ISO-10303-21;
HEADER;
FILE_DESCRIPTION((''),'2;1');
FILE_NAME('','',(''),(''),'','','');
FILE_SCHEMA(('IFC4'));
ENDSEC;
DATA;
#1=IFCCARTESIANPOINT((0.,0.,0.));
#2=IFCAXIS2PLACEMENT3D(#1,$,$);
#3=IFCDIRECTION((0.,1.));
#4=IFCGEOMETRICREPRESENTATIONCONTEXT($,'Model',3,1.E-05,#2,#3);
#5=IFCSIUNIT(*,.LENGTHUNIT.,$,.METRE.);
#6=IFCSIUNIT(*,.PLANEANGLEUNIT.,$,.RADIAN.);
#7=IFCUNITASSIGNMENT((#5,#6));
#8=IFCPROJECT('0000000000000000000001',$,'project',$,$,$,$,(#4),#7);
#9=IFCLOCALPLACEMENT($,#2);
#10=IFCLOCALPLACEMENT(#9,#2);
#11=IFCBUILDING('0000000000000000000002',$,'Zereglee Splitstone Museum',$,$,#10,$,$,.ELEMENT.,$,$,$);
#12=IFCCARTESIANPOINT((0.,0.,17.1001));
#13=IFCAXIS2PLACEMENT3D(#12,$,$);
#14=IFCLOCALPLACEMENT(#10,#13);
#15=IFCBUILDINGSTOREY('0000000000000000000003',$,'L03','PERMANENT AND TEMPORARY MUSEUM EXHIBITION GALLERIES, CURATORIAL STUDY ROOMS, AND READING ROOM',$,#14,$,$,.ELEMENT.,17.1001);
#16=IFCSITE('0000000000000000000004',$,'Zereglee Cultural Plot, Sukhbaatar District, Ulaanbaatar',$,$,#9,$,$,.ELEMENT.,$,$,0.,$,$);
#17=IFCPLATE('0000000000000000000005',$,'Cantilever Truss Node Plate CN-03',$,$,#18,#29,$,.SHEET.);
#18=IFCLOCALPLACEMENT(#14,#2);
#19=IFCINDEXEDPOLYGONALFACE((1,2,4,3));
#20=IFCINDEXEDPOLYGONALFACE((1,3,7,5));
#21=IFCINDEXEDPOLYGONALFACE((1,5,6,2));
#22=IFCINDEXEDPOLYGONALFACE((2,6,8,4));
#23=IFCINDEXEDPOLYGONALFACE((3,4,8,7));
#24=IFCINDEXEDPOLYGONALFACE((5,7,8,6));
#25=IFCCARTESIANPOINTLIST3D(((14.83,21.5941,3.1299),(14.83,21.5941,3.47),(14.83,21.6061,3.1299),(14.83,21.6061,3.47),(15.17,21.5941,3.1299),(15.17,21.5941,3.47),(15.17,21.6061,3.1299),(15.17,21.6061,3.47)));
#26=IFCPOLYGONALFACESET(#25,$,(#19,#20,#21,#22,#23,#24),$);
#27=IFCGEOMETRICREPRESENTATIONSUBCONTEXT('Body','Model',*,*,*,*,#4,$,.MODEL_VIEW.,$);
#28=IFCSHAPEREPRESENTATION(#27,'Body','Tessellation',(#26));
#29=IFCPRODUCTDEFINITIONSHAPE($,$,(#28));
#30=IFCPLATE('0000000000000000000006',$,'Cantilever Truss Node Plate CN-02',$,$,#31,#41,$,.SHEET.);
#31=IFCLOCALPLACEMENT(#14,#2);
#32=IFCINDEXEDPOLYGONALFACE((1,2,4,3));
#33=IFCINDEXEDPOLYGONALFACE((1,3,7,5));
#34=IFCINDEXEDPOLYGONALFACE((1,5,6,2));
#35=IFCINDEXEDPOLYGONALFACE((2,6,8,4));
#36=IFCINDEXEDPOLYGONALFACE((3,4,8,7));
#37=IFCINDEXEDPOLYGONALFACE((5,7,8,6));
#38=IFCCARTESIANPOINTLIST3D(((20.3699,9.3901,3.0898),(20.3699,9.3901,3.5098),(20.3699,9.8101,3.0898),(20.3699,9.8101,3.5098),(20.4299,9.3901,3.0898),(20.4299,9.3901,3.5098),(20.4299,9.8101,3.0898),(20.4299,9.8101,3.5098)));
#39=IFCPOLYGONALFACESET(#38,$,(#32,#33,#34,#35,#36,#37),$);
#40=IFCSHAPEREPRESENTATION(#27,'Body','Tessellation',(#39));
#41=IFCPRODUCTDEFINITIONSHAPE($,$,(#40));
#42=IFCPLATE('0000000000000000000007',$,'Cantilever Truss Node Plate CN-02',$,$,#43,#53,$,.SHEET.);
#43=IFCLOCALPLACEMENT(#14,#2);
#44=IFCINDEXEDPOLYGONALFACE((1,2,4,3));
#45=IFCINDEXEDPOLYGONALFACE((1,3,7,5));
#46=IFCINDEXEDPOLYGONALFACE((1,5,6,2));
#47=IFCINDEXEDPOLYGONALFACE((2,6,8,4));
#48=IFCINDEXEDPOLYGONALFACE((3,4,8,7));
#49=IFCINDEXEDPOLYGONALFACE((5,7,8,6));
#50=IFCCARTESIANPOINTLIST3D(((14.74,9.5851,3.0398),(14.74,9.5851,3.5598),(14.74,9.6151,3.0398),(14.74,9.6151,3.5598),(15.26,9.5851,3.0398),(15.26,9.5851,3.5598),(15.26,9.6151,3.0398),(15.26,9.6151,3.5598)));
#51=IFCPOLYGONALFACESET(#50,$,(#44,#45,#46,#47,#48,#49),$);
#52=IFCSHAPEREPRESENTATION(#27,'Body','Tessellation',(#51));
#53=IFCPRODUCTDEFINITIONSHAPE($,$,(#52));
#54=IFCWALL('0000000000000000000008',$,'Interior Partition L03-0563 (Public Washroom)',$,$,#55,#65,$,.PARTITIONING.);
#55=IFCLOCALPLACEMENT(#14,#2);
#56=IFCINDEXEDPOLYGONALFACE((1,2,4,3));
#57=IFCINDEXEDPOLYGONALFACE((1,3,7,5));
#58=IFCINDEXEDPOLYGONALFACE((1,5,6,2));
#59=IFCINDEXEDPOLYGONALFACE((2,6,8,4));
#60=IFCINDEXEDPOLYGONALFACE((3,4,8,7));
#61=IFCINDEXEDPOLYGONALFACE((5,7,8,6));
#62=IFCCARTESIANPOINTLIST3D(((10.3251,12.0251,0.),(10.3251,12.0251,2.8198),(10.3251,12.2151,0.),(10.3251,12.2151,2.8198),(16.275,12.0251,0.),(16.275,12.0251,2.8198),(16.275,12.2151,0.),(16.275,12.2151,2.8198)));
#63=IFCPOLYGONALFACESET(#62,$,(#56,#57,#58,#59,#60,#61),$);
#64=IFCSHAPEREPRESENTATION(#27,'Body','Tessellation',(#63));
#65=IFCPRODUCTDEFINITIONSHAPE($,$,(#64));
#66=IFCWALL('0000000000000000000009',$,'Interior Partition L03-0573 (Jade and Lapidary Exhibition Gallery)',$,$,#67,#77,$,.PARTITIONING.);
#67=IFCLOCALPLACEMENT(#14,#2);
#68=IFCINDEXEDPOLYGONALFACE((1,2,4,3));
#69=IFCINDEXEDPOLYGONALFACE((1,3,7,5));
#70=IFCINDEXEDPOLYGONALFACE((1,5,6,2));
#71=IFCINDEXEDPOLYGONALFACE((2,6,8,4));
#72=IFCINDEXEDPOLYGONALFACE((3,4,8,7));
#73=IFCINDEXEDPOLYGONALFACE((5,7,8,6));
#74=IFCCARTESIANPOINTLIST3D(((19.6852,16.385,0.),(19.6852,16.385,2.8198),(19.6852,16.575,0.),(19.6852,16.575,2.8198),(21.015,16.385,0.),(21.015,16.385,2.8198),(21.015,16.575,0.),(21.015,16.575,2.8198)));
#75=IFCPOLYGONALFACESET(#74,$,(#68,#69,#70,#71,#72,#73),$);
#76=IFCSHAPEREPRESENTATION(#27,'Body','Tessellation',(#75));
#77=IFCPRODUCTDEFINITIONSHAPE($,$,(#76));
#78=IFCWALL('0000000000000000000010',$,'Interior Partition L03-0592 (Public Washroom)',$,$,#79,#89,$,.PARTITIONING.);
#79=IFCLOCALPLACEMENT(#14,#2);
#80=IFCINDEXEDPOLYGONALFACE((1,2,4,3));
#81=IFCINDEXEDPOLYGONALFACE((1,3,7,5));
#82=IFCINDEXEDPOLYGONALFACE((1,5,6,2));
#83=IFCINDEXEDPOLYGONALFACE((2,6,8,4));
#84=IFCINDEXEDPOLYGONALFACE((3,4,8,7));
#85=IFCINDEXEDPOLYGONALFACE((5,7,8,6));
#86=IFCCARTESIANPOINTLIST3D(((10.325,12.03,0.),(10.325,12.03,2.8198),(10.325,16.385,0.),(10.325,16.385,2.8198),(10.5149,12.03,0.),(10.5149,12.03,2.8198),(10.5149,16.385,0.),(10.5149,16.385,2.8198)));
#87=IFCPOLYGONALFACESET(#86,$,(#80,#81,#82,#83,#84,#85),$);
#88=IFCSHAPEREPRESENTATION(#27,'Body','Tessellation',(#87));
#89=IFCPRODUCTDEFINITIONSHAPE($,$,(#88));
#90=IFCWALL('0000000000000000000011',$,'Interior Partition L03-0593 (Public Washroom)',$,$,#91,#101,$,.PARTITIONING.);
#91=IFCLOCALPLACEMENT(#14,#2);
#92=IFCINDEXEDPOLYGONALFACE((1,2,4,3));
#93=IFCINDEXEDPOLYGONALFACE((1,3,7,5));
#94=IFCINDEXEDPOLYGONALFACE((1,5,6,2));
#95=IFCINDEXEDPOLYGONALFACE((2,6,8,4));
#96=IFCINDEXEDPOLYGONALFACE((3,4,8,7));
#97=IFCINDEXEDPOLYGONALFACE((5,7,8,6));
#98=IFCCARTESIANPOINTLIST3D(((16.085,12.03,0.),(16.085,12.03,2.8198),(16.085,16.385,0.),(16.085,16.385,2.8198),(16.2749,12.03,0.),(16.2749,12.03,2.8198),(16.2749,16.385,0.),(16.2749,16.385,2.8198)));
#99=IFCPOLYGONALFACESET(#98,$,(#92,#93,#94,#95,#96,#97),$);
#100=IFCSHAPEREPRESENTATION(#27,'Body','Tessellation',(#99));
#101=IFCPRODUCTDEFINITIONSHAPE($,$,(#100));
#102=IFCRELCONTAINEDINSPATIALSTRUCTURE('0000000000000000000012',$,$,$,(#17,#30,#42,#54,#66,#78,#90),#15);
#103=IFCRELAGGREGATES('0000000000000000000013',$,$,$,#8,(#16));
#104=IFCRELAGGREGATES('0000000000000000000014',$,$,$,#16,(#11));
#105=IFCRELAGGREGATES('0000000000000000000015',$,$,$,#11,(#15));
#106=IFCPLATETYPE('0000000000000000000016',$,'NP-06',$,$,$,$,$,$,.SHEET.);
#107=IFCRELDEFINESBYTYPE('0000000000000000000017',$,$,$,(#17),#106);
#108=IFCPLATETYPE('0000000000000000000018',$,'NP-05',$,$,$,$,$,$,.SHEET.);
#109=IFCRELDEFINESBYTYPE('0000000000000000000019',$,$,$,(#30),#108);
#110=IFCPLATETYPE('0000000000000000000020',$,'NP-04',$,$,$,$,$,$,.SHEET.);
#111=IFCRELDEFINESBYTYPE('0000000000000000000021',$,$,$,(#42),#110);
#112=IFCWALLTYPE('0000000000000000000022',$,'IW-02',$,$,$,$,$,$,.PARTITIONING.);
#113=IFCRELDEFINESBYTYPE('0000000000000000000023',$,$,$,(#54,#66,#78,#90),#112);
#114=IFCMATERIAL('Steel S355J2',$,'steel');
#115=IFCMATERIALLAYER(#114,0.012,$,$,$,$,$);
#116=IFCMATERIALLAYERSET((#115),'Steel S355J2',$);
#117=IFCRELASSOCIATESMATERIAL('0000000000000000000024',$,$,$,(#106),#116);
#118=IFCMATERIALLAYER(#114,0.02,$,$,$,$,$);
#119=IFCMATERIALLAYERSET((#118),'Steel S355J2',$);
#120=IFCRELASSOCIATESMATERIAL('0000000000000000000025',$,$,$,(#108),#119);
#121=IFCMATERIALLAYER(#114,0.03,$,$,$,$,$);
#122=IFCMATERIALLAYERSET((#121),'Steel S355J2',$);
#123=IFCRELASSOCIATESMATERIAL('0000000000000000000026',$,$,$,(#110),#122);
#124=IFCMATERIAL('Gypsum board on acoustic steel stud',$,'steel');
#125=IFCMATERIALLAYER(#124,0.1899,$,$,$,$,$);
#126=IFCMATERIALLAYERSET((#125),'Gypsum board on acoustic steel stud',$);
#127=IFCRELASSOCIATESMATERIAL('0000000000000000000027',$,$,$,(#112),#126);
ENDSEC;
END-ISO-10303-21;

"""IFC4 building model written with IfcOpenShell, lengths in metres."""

from ifc_helpers import new_model, si_unit, direction, frame, frame_2d, origin, origin_2d, place, context, subcontext, project, spatial, rectangle, extrude, material, layer, layer_set, type_object, element, save


model = new_model("IFC4")

# Units and contexts
model_context = context("Model", 3, precision=1e-05, world=origin(), true_north=direction((0.0, 1.0)))
body_context = subcontext(model_context, "Body", "Model", "MODEL_VIEW")
ifc_project = project(units=[si_unit("LENGTHUNIT", "METRE"), si_unit("PLANEANGLEUNIT", "RADIAN")], contexts=[model_context])

# Site, building, storey
site_placement = place(None, origin())
site = spatial("IfcSite", under=ifc_project, at=site_placement, Name="Zereglee Cultural Plot, Sukhbaatar District, Ulaanbaatar", CompositionType="ELEMENT", RefElevation=0.0)
building_placement = place(site_placement, origin())
building = spatial("IfcBuilding", under=site, at=building_placement, Name="Zereglee Splitstone Museum", CompositionType="ELEMENT")
storey_placement = place(building_placement, frame((0.0, 0.0, 17.1001)))
storey = spatial("IfcBuildingStorey", under=building, at=storey_placement, Name="L03", Description="PERMANENT AND TEMPORARY MUSEUM EXHIBITION GALLERIES, CURATORIAL STUDY ROOMS, AND READING ROOM", CompositionType="ELEMENT", Elevation=17.1001)

# Shared definitions
ifc_material_1 = material(Name="Steel S355J2", Category="steel")

# Plates
ifc_layer_1 = layer(ifc_material_1, 0.012)
ifc_layer_set_1 = layer_set([ifc_layer_1], Name="Steel S355J2")
plate_type_1 = type_object("IfcPlateType", Name="NP-06", PredefinedType="SHEET", material=ifc_layer_set_1)
plate_1_placement = place(storey_placement, frame((15.0, 21.6001, 3.1299), z_axis=(0.0, 0.0, 1.0), x_axis=(1.0, 0.0, 0.0)))
element("IfcPlate", 1, at=plate_1_placement, inside=storey, type_object=plate_type_1, Name="Cantilever Truss Node Plate CN-03", PredefinedType="SHEET", context=body_context, shape_type="SweptSolid", body=[
    extrude(rectangle(XDim=0.3401, YDim=0.012, at=origin_2d()), origin(), (0.0, 0.0, 1.0), 0.3401),
])
ifc_layer_2 = layer(ifc_material_1, 0.02)
ifc_layer_set_2 = layer_set([ifc_layer_2], Name="Steel S355J2")
plate_type_2 = type_object("IfcPlateType", Name="NP-05", PredefinedType="SHEET", material=ifc_layer_set_2)
plate_2_placement = place(storey_placement, frame((20.3999, 9.6001, 3.0898), z_axis=(0.0, 0.0, 1.0), x_axis=(1.0, 0.0, 0.0)))
element("IfcPlate", 2, at=plate_2_placement, inside=storey, type_object=plate_type_2, Name="Cantilever Truss Node Plate CN-02", PredefinedType="SHEET", context=body_context, shape_type="SweptSolid", body=[
    extrude(rectangle(XDim=0.0601, YDim=0.4199, at=origin_2d()), origin(), (0.0, 0.0, 1.0), 0.4199),
])
ifc_layer_3 = layer(ifc_material_1, 0.03)
ifc_layer_set_3 = layer_set([ifc_layer_3], Name="Steel S355J2")
plate_type_3 = type_object("IfcPlateType", Name="NP-04", PredefinedType="SHEET", material=ifc_layer_set_3)
plate_3_placement = place(storey_placement, frame((15.0, 9.6001, 3.0398), z_axis=(0.0, 0.0, 1.0), x_axis=(1.0, 0.0, 0.0)))
element("IfcPlate", 3, at=plate_3_placement, inside=storey, type_object=plate_type_3, Name="Cantilever Truss Node Plate CN-02", PredefinedType="SHEET", context=body_context, shape_type="SweptSolid", body=[
    extrude(rectangle(XDim=0.52, YDim=0.03, at=origin_2d()), origin(), (0.0, 0.0, 1.0), 0.52),
])

# Walls
ifc_material_2 = material(Name="Gypsum board on acoustic steel stud", Category="steel")
ifc_layer_4 = layer(ifc_material_2, 0.1899)
ifc_layer_set_4 = layer_set([ifc_layer_4], Name="Gypsum board on acoustic steel stud")
wall_type = type_object("IfcWallType", Name="IW-02", PredefinedType="PARTITIONING", material=ifc_layer_set_4)
wall_1_placement = place(storey_placement, frame((10.325, 12.1201, 0.0), z_axis=(0.0, 0.0, 1.0), x_axis=(1.0, 0.0, 0.0)))
element("IfcWall", 4, at=wall_1_placement, inside=storey, type_object=wall_type, Name="Interior Partition L03-0563 (Public Washroom)", PredefinedType="PARTITIONING", context=body_context, shape_type="SweptSolid", body=[
    extrude(rectangle(XDim=5.95, YDim=0.1899, at=frame_2d((2.9751, 0.0))), origin(), (0.0, 0.0, 1.0), 2.8198),
])
wall_2_placement = place(storey_placement, frame((19.6851, 16.48, 0.0), z_axis=(0.0, 0.0, 1.0), x_axis=(1.0, 0.0, 0.0)))
element("IfcWall", 5, at=wall_2_placement, inside=storey, type_object=wall_type, Name="Interior Partition L03-0573 (Jade and Lapidary Exhibition Gallery)", PredefinedType="PARTITIONING", context=body_context, shape_type="SweptSolid", body=[
    extrude(rectangle(XDim=1.3298, YDim=0.1899, at=frame_2d((0.665, 0.0))), origin(), (0.0, 0.0, 1.0), 2.8198),
])
for number, where, z_axis, x_axis, name in (
    (6, (10.4199, 12.03, 0.0), (0.0, 0.0, 1.0), (0.0, 1.0, 0.0), "Interior Partition L03-0592 (Public Washroom)"),
    (7, (16.1799, 12.03, 0.0), (0.0, 0.0, 1.0), (0.0, 1.0, 0.0), "Interior Partition L03-0593 (Public Washroom)"),
):
    element("IfcWall", number, at=place(storey_placement, frame(where, z_axis=z_axis, x_axis=x_axis)), inside=storey, type_object=wall_type, Name=name, PredefinedType="PARTITIONING", context=body_context, shape_type="SweptSolid", body=[
        extrude(rectangle(XDim=4.355, YDim=0.1899, at=frame_2d((2.1775, 0.0))), origin(), (0.0, 0.0, 1.0), 2.8198),
    ])

save(model, "model.ifc")
